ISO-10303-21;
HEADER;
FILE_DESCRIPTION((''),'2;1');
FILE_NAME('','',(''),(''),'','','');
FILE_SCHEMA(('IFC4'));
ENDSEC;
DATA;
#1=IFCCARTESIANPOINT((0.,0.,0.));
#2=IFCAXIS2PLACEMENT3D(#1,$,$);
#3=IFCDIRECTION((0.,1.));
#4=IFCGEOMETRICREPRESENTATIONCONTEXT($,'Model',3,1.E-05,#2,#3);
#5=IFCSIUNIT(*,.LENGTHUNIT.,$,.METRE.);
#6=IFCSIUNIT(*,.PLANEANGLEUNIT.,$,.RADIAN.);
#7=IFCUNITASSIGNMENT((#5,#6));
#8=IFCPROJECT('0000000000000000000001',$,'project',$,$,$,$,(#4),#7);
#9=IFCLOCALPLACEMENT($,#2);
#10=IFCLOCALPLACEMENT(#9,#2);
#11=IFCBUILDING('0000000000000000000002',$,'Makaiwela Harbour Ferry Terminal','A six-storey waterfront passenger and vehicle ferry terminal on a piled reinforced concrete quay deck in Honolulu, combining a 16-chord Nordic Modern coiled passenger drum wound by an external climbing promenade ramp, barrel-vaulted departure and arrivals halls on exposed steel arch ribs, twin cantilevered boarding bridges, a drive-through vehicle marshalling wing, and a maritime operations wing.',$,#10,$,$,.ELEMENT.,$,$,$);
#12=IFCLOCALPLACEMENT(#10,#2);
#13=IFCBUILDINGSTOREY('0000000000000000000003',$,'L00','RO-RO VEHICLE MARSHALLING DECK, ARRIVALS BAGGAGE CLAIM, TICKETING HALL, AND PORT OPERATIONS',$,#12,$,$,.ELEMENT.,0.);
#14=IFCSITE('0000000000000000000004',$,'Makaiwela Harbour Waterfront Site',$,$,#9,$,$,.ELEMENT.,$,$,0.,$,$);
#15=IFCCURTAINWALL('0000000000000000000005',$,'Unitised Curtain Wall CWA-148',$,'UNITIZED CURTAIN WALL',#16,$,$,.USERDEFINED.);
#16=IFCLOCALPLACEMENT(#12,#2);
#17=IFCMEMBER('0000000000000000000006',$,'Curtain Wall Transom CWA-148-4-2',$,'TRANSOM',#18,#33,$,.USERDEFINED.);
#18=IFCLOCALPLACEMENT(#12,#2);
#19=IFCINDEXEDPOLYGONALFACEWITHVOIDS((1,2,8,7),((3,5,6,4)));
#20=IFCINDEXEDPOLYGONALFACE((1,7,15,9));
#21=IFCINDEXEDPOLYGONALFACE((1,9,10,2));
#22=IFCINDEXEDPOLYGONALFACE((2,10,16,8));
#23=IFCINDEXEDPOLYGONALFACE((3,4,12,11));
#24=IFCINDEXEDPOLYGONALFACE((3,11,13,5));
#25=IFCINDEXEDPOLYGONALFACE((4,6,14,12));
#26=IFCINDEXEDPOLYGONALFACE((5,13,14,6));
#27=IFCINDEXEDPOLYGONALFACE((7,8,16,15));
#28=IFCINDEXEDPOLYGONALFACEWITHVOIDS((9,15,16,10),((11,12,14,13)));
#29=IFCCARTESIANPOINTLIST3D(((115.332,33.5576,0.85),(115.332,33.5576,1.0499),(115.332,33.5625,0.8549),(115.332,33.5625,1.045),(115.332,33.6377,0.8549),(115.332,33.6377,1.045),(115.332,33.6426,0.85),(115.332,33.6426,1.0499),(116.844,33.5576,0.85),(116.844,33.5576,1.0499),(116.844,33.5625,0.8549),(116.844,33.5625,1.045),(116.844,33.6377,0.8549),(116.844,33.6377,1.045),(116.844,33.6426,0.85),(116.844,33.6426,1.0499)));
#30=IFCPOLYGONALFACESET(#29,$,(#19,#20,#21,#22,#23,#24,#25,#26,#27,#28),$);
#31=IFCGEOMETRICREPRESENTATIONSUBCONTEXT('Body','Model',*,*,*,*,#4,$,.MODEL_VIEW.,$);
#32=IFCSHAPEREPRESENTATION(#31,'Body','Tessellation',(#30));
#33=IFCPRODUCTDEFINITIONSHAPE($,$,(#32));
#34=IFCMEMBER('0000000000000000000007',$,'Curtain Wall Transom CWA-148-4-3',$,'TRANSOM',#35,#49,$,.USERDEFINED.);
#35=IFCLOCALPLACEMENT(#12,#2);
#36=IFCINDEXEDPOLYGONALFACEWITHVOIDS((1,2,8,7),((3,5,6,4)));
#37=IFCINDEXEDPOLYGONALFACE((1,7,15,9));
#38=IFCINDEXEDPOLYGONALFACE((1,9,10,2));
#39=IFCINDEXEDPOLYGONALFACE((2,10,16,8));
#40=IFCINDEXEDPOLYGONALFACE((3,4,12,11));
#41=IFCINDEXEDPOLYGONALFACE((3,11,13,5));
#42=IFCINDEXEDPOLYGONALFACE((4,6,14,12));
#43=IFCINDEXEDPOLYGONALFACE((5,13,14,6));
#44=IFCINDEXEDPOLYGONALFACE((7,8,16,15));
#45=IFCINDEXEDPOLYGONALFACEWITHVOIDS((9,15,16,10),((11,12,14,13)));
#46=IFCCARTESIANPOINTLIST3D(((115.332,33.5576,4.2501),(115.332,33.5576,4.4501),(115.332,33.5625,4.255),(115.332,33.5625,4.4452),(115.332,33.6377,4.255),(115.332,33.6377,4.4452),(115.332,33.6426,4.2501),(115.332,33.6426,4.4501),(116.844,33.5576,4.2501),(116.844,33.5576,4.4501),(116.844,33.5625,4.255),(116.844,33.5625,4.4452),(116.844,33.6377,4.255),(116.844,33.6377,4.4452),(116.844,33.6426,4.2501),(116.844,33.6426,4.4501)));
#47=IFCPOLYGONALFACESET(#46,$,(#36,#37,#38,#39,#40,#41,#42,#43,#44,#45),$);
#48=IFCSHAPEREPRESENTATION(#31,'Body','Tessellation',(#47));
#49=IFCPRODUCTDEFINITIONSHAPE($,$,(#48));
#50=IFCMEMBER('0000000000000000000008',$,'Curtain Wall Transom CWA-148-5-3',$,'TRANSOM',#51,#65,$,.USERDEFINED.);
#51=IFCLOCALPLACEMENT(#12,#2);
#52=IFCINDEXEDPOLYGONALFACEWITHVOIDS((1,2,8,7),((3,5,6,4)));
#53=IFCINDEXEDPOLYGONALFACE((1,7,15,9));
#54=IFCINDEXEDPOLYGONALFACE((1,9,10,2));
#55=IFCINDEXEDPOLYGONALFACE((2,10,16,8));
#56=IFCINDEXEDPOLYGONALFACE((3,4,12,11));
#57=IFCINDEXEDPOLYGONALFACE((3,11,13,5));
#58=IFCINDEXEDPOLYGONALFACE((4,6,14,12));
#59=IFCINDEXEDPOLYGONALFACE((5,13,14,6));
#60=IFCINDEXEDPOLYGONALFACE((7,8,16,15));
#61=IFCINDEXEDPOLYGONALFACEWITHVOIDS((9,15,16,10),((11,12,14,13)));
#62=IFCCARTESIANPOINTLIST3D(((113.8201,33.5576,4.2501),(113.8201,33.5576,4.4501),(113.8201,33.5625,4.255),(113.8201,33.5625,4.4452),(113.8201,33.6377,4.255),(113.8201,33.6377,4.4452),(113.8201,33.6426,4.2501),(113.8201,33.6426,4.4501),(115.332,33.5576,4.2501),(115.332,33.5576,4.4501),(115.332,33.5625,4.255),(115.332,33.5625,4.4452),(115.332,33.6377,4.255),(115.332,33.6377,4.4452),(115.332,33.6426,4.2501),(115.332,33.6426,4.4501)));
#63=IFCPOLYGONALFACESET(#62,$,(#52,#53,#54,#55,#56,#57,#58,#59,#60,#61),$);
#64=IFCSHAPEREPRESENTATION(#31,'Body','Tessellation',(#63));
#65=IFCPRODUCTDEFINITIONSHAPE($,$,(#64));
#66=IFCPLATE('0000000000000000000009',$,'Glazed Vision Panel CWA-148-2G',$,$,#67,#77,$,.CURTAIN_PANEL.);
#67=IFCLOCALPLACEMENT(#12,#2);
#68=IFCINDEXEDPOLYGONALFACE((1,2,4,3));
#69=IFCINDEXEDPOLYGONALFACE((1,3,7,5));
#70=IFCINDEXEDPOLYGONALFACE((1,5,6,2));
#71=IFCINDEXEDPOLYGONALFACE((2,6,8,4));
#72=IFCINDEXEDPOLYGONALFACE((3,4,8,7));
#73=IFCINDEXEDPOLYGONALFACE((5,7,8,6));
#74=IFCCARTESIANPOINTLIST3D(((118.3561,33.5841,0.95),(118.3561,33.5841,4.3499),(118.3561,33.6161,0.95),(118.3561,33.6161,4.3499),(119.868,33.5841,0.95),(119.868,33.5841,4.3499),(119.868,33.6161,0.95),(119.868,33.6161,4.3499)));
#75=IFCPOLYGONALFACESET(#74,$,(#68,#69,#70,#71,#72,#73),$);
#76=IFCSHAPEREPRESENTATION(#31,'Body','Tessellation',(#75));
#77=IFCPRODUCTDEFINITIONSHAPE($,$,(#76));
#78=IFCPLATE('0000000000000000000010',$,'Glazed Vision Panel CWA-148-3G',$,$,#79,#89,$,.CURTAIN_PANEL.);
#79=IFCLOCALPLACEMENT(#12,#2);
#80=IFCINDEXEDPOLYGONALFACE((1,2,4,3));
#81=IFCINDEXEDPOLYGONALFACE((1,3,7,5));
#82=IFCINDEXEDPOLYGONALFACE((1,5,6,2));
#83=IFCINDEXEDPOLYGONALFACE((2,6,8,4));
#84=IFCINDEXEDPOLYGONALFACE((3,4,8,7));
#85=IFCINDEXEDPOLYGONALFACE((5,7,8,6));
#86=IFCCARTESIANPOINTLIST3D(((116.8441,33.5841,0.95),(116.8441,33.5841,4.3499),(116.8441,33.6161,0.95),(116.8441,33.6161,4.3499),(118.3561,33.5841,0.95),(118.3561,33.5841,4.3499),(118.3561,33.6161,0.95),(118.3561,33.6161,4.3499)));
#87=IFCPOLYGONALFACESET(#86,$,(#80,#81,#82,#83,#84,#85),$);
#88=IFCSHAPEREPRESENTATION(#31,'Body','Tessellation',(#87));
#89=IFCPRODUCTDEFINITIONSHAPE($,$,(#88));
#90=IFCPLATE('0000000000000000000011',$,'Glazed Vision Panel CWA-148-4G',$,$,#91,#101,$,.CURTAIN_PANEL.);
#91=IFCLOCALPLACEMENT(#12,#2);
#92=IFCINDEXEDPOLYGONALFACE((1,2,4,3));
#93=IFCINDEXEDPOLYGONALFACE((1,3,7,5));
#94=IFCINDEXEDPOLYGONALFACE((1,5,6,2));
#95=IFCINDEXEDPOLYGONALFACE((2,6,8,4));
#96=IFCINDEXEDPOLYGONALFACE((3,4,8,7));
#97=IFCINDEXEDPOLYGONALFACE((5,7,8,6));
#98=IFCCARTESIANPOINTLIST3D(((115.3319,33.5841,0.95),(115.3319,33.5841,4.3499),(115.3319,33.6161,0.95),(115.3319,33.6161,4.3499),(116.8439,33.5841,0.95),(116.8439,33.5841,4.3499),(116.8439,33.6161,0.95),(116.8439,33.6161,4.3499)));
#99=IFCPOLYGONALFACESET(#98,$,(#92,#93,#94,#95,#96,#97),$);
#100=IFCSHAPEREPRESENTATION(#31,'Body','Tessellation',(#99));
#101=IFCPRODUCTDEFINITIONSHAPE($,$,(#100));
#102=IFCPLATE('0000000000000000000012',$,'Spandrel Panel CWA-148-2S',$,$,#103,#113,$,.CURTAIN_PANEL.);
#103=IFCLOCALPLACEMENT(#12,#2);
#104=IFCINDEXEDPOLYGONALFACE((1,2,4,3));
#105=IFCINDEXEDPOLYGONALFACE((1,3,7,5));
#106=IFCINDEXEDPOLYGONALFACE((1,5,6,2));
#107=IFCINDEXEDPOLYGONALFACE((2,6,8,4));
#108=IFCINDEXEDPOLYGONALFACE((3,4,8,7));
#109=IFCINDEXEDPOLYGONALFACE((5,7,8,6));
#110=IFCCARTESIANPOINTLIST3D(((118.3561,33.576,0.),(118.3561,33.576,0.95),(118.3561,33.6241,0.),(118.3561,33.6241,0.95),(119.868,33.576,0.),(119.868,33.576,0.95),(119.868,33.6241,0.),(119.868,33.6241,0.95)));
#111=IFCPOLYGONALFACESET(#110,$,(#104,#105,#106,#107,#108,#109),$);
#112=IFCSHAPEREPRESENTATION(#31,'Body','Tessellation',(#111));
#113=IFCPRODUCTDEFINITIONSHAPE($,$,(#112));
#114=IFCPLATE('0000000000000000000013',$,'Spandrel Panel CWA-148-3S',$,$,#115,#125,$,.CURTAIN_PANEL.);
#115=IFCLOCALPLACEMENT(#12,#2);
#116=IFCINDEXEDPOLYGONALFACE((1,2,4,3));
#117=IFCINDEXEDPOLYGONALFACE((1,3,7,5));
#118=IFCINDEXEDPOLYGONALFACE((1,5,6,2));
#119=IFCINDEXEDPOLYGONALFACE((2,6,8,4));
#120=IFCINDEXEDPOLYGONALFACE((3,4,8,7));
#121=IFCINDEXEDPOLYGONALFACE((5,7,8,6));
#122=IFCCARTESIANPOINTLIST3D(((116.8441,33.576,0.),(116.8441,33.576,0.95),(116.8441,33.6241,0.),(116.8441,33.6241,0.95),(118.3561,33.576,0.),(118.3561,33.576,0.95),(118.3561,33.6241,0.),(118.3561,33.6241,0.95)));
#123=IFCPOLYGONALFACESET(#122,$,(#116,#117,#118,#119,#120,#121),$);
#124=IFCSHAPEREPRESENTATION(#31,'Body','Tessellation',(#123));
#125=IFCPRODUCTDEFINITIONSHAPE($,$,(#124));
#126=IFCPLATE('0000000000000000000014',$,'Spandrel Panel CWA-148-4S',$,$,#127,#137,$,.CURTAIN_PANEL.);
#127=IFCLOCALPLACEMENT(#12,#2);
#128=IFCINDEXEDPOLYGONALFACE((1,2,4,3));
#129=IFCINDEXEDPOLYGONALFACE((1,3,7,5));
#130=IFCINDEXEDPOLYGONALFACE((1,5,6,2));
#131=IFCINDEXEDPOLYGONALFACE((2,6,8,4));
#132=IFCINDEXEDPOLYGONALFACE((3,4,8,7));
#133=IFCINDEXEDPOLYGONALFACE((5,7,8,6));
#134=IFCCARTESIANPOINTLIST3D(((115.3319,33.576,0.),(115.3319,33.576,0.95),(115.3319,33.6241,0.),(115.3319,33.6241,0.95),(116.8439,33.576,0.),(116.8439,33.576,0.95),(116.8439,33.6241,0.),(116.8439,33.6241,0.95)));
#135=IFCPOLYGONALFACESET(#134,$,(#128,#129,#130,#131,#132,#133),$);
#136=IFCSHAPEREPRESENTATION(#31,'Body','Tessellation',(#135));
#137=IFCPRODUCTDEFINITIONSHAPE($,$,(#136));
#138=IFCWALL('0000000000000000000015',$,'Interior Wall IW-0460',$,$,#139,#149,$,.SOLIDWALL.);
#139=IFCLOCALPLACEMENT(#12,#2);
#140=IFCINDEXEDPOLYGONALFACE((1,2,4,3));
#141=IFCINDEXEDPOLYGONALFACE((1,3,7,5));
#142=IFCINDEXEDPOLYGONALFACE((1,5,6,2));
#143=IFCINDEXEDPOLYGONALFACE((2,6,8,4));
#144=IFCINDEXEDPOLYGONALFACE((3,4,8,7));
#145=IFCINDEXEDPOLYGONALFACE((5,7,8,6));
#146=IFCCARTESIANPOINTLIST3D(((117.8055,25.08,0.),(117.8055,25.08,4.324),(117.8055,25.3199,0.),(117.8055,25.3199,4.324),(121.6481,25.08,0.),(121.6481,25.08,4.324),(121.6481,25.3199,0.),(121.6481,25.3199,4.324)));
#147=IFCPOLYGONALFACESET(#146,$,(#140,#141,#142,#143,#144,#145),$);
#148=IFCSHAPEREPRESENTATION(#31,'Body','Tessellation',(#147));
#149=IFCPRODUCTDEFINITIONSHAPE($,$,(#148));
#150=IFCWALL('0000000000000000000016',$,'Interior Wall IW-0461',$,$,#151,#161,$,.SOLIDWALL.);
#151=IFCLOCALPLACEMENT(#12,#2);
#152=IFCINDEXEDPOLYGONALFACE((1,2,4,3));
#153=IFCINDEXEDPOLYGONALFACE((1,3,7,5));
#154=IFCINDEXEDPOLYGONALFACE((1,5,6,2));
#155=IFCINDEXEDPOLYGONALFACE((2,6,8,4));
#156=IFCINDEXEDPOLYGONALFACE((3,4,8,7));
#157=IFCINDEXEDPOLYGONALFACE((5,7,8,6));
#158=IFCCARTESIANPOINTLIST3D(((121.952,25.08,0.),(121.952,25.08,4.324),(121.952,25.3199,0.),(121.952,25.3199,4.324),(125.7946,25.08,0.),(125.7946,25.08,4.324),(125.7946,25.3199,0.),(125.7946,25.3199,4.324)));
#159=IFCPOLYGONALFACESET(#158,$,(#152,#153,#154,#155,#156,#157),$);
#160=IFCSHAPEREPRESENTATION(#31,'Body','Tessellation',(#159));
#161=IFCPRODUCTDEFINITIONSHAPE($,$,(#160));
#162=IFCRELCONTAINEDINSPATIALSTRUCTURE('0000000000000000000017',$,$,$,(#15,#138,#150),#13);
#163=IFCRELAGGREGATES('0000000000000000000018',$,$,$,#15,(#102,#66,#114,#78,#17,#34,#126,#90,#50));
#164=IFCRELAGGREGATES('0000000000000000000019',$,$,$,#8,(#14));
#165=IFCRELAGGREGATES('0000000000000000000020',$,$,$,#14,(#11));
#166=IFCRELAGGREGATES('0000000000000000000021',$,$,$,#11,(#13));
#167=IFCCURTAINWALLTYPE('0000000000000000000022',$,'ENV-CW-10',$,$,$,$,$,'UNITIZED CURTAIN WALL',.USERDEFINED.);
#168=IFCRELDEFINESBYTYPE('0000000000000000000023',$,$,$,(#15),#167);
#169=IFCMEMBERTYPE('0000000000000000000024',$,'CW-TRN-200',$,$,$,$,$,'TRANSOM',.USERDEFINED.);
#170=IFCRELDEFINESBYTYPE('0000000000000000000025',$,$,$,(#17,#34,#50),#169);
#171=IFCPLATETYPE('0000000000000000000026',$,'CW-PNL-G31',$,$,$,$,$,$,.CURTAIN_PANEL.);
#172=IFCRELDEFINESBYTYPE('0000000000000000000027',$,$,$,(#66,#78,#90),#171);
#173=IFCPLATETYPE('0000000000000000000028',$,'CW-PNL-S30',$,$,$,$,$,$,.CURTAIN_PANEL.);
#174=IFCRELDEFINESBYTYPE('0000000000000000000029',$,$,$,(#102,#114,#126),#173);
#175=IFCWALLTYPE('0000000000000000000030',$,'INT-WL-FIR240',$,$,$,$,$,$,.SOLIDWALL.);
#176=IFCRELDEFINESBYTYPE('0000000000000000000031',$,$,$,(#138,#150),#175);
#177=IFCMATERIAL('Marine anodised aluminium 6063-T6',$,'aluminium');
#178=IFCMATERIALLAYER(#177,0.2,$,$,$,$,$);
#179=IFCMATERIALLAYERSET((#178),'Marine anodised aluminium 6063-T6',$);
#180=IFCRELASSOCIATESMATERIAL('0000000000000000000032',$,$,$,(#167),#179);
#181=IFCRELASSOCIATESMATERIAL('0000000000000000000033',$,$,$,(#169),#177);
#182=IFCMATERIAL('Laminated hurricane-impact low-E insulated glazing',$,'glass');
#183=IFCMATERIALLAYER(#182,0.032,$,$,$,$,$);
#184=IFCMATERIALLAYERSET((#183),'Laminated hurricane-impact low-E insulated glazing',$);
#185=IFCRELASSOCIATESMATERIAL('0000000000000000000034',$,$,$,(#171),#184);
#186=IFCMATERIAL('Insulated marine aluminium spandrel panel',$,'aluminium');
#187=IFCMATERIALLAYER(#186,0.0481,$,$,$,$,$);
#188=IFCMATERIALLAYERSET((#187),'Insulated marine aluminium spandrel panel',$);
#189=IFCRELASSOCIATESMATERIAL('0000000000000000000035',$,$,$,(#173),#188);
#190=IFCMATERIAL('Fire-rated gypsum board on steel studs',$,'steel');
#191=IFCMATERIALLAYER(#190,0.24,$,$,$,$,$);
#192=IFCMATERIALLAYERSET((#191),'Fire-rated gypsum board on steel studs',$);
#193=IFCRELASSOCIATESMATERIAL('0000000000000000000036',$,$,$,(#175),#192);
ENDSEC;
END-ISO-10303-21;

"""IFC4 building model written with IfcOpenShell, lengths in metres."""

from ifc_helpers import new_model, si_unit, direction, frame, frame_2d, origin, origin_2d, place, context, subcontext, project, spatial, rectangle, hollow_rectangle, extrude, material, layer, layer_set, material_profile, profile_set, type_object, element, aggregate, save


model = new_model("IFC4")

# Units and contexts
model_context = context("Model", 3, precision=1e-05, world=origin(), true_north=direction((0.0, 1.0)))
body_context = subcontext(model_context, "Body", "Model", "MODEL_VIEW")
ifc_project = project(units=[si_unit("LENGTHUNIT", "METRE"), si_unit("PLANEANGLEUNIT", "RADIAN")], contexts=[model_context])

# Site, building, storey
site_placement = place(None, origin())
site = spatial("IfcSite", under=ifc_project, at=site_placement, Name="Makaiwela Harbour Waterfront Site", CompositionType="ELEMENT", RefElevation=0.0)
building_placement = place(site_placement, origin())
building = spatial("IfcBuilding", under=site, at=building_placement, Name="Makaiwela Harbour Ferry Terminal", Description="A six-storey waterfront passenger and vehicle ferry terminal on a piled reinforced concrete quay deck in Honolulu, combining a 16-chord Nordic Modern coiled passenger drum wound by an external climbing promenade ramp, barrel-vaulted departure and arrivals halls on exposed steel arch ribs, twin cantilevered boarding bridges, a drive-through vehicle marshalling wing, and a maritime operations wing.", CompositionType="ELEMENT")
storey_placement = place(building_placement, origin())
storey = spatial("IfcBuildingStorey", under=building, at=storey_placement, Name="L00", Description="RO-RO VEHICLE MARSHALLING DECK, ARRIVALS BAGGAGE CLAIM, TICKETING HALL, AND PORT OPERATIONS", CompositionType="ELEMENT", Elevation=0.0)

# Curtain wall, members, plates
ifc_material_1 = material(Name="Marine anodised aluminium 6063-T6", Category="aluminium")
ifc_layer_1 = layer(ifc_material_1, 0.2)
ifc_layer_set_1 = layer_set([ifc_layer_1], Name="Marine anodised aluminium 6063-T6")
curtain_wall_type = type_object("IfcCurtainWallType", Name="ENV-CW-10", ElementType="UNITIZED CURTAIN WALL", PredefinedType="USERDEFINED", material=ifc_layer_set_1)
curtain_wall_placement = place(storey_placement, origin())
curtain_wall = element("IfcCurtainWall", 1, at=curtain_wall_placement, inside=storey, type_object=curtain_wall_type, Name="Unitised Curtain Wall CWA-148", ObjectType="UNITIZED CURTAIN WALL", PredefinedType="USERDEFINED")
ifc_material_profile_1 = material_profile(ifc_material_1, hollow_rectangle(XDim=0.085, YDim=0.2, WallThickness=0.0049, at=origin_2d()), Name="CWT-200X85")
ifc_profile_set_1 = profile_set([ifc_material_profile_1], Name="Marine anodised aluminium 6063-T6")
member_type_1 = type_object("IfcMemberType", Name="CW-TRN-200", ElementType="TRANSOM", PredefinedType="USERDEFINED", material=ifc_profile_set_1)
member_1_placement = place(storey_placement, frame((116.844, 33.6001, 0.95), z_axis=(-1.0, 0.0, 0.0), x_axis=(0.0, -1.0, 0.0)))
member_1 = element("IfcMember", 2, at=member_1_placement, type_object=member_type_1, Name="Curtain Wall Transom CWA-148-4-2", ObjectType="TRANSOM", PredefinedType="USERDEFINED", context=body_context, shape_type="SweptSolid", body=[
    extrude(hollow_rectangle(XDim=0.085, YDim=0.2, WallThickness=0.0049, at=origin_2d()), origin(), (0.0, 0.0, 1.0), 1.512),
])
member_2_placement = place(storey_placement, frame((116.844, 33.6001, 4.3501), z_axis=(-1.0, 0.0, 0.0), x_axis=(0.0, -1.0, 0.0)))
member_2 = element("IfcMember", 3, at=member_2_placement, type_object=member_type_1, Name="Curtain Wall Transom CWA-148-4-3", ObjectType="TRANSOM", PredefinedType="USERDEFINED", context=body_context, shape_type="SweptSolid", body=[
    extrude(hollow_rectangle(XDim=0.085, YDim=0.2, WallThickness=0.0049, at=origin_2d()), origin(), (0.0, 0.0, 1.0), 1.512),
])
member_3_placement = place(storey_placement, frame((115.332, 33.6001, 4.3501), z_axis=(-1.0, 0.0, 0.0), x_axis=(0.0, -1.0, 0.0)))
member_3 = element("IfcMember", 4, at=member_3_placement, type_object=member_type_1, Name="Curtain Wall Transom CWA-148-5-3", ObjectType="TRANSOM", PredefinedType="USERDEFINED", context=body_context, shape_type="SweptSolid", body=[
    extrude(hollow_rectangle(XDim=0.085, YDim=0.2, WallThickness=0.0049, at=origin_2d()), origin(), (0.0, 0.0, 1.0), 1.512),
])
ifc_material_2 = material(Name="Laminated hurricane-impact low-E insulated glazing", Category="glass")
ifc_layer_2 = layer(ifc_material_2, 0.032)
ifc_layer_set_2 = layer_set([ifc_layer_2], Name="Laminated hurricane-impact low-E insulated glazing")
plate_type_1 = type_object("IfcPlateType", Name="CW-PNL-G31", PredefinedType="CURTAIN_PANEL", material=ifc_layer_set_2)
plate_1_placement = place(storey_placement, frame((119.1121, 33.6001, 0.95), z_axis=(0.0, 0.0, 1.0), x_axis=(-1.0, 0.0, 0.0)))
plate_1 = element("IfcPlate", 5, at=plate_1_placement, type_object=plate_type_1, Name="Glazed Vision Panel CWA-148-2G", PredefinedType="CURTAIN_PANEL", context=body_context, shape_type="SweptSolid", body=[
    extrude(rectangle(XDim=1.512, YDim=0.032, at=origin_2d()), origin(), (0.0, 0.0, 1.0), 3.3999),
])
plate_2_placement = place(storey_placement, frame((117.6001, 33.6001, 0.95), z_axis=(0.0, 0.0, 1.0), x_axis=(-1.0, 0.0, 0.0)))
plate_2 = element("IfcPlate", 6, at=plate_2_placement, type_object=plate_type_1, Name="Glazed Vision Panel CWA-148-3G", PredefinedType="CURTAIN_PANEL", context=body_context, shape_type="SweptSolid", body=[
    extrude(rectangle(XDim=1.512, YDim=0.032, at=origin_2d()), origin(), (0.0, 0.0, 1.0), 3.3999),
])
plate_3_placement = place(storey_placement, frame((116.0879, 33.6001, 0.95), z_axis=(0.0, 0.0, 1.0), x_axis=(-1.0, 0.0, 0.0)))
plate_3 = element("IfcPlate", 7, at=plate_3_placement, type_object=plate_type_1, Name="Glazed Vision Panel CWA-148-4G", PredefinedType="CURTAIN_PANEL", context=body_context, shape_type="SweptSolid", body=[
    extrude(rectangle(XDim=1.512, YDim=0.032, at=origin_2d()), origin(), (0.0, 0.0, 1.0), 3.3999),
])
ifc_material_3 = material(Name="Insulated marine aluminium spandrel panel", Category="aluminium")
ifc_layer_3 = layer(ifc_material_3, 0.0481)
ifc_layer_set_3 = layer_set([ifc_layer_3], Name="Insulated marine aluminium spandrel panel")
plate_type_2 = type_object("IfcPlateType", Name="CW-PNL-S30", PredefinedType="CURTAIN_PANEL", material=ifc_layer_set_3)
plate_4_placement = place(storey_placement, frame((119.1121, 33.6001, 0.0), z_axis=(0.0, 0.0, 1.0), x_axis=(-1.0, 0.0, 0.0)))
plate_4 = element("IfcPlate", 8, at=plate_4_placement, type_object=plate_type_2, Name="Spandrel Panel CWA-148-2S", PredefinedType="CURTAIN_PANEL", context=body_context, shape_type="SweptSolid", body=[
    extrude(rectangle(XDim=1.512, YDim=0.0481, at=origin_2d()), origin(), (0.0, 0.0, 1.0), 0.95),
])
plate_5_placement = place(storey_placement, frame((117.6001, 33.6001, 0.0), z_axis=(0.0, 0.0, 1.0), x_axis=(-1.0, 0.0, 0.0)))
plate_5 = element("IfcPlate", 9, at=plate_5_placement, type_object=plate_type_2, Name="Spandrel Panel CWA-148-3S", PredefinedType="CURTAIN_PANEL", context=body_context, shape_type="SweptSolid", body=[
    extrude(rectangle(XDim=1.512, YDim=0.0481, at=origin_2d()), origin(), (0.0, 0.0, 1.0), 0.95),
])
plate_6_placement = place(storey_placement, frame((116.0879, 33.6001, 0.0), z_axis=(0.0, 0.0, 1.0), x_axis=(-1.0, 0.0, 0.0)))
plate_6 = element("IfcPlate", 10, at=plate_6_placement, type_object=plate_type_2, Name="Spandrel Panel CWA-148-4S", PredefinedType="CURTAIN_PANEL", context=body_context, shape_type="SweptSolid", body=[
    extrude(rectangle(XDim=1.512, YDim=0.0481, at=origin_2d()), origin(), (0.0, 0.0, 1.0), 0.95),
])
aggregate(curtain_wall, [plate_4, plate_1, plate_5, plate_2, member_1, member_2, plate_6, plate_3, member_3])

# Walls
ifc_material_4 = material(Name="Fire-rated gypsum board on steel studs", Category="steel")
ifc_layer_4 = layer(ifc_material_4, 0.24)
ifc_layer_set_4 = layer_set([ifc_layer_4], Name="Fire-rated gypsum board on steel studs")
wall_type = type_object("IfcWallType", Name="INT-WL-FIR240", PredefinedType="SOLIDWALL", material=ifc_layer_set_4)
for number, where, z_axis, x_axis, name in (
    (11, (117.8054, 25.2, 0.0), (0.0, 0.0, 1.0), (1.0, 0.0, 0.0), "Interior Wall IW-0460"),
    (12, (121.9519, 25.2, 0.0), (0.0, 0.0, 1.0), (1.0, 0.0, 0.0), "Interior Wall IW-0461"),
):
    element("IfcWall", number, at=place(storey_placement, frame(where, z_axis=z_axis, x_axis=x_axis)), inside=storey, type_object=wall_type, Name=name, PredefinedType="SOLIDWALL", context=body_context, shape_type="SweptSolid", body=[
        extrude(rectangle(XDim=3.8425, YDim=0.24, at=frame_2d((1.9214, 0.0))), origin(), (0.0, 0.0, 1.0), 4.324),
    ])

save(model, "model.ifc")
